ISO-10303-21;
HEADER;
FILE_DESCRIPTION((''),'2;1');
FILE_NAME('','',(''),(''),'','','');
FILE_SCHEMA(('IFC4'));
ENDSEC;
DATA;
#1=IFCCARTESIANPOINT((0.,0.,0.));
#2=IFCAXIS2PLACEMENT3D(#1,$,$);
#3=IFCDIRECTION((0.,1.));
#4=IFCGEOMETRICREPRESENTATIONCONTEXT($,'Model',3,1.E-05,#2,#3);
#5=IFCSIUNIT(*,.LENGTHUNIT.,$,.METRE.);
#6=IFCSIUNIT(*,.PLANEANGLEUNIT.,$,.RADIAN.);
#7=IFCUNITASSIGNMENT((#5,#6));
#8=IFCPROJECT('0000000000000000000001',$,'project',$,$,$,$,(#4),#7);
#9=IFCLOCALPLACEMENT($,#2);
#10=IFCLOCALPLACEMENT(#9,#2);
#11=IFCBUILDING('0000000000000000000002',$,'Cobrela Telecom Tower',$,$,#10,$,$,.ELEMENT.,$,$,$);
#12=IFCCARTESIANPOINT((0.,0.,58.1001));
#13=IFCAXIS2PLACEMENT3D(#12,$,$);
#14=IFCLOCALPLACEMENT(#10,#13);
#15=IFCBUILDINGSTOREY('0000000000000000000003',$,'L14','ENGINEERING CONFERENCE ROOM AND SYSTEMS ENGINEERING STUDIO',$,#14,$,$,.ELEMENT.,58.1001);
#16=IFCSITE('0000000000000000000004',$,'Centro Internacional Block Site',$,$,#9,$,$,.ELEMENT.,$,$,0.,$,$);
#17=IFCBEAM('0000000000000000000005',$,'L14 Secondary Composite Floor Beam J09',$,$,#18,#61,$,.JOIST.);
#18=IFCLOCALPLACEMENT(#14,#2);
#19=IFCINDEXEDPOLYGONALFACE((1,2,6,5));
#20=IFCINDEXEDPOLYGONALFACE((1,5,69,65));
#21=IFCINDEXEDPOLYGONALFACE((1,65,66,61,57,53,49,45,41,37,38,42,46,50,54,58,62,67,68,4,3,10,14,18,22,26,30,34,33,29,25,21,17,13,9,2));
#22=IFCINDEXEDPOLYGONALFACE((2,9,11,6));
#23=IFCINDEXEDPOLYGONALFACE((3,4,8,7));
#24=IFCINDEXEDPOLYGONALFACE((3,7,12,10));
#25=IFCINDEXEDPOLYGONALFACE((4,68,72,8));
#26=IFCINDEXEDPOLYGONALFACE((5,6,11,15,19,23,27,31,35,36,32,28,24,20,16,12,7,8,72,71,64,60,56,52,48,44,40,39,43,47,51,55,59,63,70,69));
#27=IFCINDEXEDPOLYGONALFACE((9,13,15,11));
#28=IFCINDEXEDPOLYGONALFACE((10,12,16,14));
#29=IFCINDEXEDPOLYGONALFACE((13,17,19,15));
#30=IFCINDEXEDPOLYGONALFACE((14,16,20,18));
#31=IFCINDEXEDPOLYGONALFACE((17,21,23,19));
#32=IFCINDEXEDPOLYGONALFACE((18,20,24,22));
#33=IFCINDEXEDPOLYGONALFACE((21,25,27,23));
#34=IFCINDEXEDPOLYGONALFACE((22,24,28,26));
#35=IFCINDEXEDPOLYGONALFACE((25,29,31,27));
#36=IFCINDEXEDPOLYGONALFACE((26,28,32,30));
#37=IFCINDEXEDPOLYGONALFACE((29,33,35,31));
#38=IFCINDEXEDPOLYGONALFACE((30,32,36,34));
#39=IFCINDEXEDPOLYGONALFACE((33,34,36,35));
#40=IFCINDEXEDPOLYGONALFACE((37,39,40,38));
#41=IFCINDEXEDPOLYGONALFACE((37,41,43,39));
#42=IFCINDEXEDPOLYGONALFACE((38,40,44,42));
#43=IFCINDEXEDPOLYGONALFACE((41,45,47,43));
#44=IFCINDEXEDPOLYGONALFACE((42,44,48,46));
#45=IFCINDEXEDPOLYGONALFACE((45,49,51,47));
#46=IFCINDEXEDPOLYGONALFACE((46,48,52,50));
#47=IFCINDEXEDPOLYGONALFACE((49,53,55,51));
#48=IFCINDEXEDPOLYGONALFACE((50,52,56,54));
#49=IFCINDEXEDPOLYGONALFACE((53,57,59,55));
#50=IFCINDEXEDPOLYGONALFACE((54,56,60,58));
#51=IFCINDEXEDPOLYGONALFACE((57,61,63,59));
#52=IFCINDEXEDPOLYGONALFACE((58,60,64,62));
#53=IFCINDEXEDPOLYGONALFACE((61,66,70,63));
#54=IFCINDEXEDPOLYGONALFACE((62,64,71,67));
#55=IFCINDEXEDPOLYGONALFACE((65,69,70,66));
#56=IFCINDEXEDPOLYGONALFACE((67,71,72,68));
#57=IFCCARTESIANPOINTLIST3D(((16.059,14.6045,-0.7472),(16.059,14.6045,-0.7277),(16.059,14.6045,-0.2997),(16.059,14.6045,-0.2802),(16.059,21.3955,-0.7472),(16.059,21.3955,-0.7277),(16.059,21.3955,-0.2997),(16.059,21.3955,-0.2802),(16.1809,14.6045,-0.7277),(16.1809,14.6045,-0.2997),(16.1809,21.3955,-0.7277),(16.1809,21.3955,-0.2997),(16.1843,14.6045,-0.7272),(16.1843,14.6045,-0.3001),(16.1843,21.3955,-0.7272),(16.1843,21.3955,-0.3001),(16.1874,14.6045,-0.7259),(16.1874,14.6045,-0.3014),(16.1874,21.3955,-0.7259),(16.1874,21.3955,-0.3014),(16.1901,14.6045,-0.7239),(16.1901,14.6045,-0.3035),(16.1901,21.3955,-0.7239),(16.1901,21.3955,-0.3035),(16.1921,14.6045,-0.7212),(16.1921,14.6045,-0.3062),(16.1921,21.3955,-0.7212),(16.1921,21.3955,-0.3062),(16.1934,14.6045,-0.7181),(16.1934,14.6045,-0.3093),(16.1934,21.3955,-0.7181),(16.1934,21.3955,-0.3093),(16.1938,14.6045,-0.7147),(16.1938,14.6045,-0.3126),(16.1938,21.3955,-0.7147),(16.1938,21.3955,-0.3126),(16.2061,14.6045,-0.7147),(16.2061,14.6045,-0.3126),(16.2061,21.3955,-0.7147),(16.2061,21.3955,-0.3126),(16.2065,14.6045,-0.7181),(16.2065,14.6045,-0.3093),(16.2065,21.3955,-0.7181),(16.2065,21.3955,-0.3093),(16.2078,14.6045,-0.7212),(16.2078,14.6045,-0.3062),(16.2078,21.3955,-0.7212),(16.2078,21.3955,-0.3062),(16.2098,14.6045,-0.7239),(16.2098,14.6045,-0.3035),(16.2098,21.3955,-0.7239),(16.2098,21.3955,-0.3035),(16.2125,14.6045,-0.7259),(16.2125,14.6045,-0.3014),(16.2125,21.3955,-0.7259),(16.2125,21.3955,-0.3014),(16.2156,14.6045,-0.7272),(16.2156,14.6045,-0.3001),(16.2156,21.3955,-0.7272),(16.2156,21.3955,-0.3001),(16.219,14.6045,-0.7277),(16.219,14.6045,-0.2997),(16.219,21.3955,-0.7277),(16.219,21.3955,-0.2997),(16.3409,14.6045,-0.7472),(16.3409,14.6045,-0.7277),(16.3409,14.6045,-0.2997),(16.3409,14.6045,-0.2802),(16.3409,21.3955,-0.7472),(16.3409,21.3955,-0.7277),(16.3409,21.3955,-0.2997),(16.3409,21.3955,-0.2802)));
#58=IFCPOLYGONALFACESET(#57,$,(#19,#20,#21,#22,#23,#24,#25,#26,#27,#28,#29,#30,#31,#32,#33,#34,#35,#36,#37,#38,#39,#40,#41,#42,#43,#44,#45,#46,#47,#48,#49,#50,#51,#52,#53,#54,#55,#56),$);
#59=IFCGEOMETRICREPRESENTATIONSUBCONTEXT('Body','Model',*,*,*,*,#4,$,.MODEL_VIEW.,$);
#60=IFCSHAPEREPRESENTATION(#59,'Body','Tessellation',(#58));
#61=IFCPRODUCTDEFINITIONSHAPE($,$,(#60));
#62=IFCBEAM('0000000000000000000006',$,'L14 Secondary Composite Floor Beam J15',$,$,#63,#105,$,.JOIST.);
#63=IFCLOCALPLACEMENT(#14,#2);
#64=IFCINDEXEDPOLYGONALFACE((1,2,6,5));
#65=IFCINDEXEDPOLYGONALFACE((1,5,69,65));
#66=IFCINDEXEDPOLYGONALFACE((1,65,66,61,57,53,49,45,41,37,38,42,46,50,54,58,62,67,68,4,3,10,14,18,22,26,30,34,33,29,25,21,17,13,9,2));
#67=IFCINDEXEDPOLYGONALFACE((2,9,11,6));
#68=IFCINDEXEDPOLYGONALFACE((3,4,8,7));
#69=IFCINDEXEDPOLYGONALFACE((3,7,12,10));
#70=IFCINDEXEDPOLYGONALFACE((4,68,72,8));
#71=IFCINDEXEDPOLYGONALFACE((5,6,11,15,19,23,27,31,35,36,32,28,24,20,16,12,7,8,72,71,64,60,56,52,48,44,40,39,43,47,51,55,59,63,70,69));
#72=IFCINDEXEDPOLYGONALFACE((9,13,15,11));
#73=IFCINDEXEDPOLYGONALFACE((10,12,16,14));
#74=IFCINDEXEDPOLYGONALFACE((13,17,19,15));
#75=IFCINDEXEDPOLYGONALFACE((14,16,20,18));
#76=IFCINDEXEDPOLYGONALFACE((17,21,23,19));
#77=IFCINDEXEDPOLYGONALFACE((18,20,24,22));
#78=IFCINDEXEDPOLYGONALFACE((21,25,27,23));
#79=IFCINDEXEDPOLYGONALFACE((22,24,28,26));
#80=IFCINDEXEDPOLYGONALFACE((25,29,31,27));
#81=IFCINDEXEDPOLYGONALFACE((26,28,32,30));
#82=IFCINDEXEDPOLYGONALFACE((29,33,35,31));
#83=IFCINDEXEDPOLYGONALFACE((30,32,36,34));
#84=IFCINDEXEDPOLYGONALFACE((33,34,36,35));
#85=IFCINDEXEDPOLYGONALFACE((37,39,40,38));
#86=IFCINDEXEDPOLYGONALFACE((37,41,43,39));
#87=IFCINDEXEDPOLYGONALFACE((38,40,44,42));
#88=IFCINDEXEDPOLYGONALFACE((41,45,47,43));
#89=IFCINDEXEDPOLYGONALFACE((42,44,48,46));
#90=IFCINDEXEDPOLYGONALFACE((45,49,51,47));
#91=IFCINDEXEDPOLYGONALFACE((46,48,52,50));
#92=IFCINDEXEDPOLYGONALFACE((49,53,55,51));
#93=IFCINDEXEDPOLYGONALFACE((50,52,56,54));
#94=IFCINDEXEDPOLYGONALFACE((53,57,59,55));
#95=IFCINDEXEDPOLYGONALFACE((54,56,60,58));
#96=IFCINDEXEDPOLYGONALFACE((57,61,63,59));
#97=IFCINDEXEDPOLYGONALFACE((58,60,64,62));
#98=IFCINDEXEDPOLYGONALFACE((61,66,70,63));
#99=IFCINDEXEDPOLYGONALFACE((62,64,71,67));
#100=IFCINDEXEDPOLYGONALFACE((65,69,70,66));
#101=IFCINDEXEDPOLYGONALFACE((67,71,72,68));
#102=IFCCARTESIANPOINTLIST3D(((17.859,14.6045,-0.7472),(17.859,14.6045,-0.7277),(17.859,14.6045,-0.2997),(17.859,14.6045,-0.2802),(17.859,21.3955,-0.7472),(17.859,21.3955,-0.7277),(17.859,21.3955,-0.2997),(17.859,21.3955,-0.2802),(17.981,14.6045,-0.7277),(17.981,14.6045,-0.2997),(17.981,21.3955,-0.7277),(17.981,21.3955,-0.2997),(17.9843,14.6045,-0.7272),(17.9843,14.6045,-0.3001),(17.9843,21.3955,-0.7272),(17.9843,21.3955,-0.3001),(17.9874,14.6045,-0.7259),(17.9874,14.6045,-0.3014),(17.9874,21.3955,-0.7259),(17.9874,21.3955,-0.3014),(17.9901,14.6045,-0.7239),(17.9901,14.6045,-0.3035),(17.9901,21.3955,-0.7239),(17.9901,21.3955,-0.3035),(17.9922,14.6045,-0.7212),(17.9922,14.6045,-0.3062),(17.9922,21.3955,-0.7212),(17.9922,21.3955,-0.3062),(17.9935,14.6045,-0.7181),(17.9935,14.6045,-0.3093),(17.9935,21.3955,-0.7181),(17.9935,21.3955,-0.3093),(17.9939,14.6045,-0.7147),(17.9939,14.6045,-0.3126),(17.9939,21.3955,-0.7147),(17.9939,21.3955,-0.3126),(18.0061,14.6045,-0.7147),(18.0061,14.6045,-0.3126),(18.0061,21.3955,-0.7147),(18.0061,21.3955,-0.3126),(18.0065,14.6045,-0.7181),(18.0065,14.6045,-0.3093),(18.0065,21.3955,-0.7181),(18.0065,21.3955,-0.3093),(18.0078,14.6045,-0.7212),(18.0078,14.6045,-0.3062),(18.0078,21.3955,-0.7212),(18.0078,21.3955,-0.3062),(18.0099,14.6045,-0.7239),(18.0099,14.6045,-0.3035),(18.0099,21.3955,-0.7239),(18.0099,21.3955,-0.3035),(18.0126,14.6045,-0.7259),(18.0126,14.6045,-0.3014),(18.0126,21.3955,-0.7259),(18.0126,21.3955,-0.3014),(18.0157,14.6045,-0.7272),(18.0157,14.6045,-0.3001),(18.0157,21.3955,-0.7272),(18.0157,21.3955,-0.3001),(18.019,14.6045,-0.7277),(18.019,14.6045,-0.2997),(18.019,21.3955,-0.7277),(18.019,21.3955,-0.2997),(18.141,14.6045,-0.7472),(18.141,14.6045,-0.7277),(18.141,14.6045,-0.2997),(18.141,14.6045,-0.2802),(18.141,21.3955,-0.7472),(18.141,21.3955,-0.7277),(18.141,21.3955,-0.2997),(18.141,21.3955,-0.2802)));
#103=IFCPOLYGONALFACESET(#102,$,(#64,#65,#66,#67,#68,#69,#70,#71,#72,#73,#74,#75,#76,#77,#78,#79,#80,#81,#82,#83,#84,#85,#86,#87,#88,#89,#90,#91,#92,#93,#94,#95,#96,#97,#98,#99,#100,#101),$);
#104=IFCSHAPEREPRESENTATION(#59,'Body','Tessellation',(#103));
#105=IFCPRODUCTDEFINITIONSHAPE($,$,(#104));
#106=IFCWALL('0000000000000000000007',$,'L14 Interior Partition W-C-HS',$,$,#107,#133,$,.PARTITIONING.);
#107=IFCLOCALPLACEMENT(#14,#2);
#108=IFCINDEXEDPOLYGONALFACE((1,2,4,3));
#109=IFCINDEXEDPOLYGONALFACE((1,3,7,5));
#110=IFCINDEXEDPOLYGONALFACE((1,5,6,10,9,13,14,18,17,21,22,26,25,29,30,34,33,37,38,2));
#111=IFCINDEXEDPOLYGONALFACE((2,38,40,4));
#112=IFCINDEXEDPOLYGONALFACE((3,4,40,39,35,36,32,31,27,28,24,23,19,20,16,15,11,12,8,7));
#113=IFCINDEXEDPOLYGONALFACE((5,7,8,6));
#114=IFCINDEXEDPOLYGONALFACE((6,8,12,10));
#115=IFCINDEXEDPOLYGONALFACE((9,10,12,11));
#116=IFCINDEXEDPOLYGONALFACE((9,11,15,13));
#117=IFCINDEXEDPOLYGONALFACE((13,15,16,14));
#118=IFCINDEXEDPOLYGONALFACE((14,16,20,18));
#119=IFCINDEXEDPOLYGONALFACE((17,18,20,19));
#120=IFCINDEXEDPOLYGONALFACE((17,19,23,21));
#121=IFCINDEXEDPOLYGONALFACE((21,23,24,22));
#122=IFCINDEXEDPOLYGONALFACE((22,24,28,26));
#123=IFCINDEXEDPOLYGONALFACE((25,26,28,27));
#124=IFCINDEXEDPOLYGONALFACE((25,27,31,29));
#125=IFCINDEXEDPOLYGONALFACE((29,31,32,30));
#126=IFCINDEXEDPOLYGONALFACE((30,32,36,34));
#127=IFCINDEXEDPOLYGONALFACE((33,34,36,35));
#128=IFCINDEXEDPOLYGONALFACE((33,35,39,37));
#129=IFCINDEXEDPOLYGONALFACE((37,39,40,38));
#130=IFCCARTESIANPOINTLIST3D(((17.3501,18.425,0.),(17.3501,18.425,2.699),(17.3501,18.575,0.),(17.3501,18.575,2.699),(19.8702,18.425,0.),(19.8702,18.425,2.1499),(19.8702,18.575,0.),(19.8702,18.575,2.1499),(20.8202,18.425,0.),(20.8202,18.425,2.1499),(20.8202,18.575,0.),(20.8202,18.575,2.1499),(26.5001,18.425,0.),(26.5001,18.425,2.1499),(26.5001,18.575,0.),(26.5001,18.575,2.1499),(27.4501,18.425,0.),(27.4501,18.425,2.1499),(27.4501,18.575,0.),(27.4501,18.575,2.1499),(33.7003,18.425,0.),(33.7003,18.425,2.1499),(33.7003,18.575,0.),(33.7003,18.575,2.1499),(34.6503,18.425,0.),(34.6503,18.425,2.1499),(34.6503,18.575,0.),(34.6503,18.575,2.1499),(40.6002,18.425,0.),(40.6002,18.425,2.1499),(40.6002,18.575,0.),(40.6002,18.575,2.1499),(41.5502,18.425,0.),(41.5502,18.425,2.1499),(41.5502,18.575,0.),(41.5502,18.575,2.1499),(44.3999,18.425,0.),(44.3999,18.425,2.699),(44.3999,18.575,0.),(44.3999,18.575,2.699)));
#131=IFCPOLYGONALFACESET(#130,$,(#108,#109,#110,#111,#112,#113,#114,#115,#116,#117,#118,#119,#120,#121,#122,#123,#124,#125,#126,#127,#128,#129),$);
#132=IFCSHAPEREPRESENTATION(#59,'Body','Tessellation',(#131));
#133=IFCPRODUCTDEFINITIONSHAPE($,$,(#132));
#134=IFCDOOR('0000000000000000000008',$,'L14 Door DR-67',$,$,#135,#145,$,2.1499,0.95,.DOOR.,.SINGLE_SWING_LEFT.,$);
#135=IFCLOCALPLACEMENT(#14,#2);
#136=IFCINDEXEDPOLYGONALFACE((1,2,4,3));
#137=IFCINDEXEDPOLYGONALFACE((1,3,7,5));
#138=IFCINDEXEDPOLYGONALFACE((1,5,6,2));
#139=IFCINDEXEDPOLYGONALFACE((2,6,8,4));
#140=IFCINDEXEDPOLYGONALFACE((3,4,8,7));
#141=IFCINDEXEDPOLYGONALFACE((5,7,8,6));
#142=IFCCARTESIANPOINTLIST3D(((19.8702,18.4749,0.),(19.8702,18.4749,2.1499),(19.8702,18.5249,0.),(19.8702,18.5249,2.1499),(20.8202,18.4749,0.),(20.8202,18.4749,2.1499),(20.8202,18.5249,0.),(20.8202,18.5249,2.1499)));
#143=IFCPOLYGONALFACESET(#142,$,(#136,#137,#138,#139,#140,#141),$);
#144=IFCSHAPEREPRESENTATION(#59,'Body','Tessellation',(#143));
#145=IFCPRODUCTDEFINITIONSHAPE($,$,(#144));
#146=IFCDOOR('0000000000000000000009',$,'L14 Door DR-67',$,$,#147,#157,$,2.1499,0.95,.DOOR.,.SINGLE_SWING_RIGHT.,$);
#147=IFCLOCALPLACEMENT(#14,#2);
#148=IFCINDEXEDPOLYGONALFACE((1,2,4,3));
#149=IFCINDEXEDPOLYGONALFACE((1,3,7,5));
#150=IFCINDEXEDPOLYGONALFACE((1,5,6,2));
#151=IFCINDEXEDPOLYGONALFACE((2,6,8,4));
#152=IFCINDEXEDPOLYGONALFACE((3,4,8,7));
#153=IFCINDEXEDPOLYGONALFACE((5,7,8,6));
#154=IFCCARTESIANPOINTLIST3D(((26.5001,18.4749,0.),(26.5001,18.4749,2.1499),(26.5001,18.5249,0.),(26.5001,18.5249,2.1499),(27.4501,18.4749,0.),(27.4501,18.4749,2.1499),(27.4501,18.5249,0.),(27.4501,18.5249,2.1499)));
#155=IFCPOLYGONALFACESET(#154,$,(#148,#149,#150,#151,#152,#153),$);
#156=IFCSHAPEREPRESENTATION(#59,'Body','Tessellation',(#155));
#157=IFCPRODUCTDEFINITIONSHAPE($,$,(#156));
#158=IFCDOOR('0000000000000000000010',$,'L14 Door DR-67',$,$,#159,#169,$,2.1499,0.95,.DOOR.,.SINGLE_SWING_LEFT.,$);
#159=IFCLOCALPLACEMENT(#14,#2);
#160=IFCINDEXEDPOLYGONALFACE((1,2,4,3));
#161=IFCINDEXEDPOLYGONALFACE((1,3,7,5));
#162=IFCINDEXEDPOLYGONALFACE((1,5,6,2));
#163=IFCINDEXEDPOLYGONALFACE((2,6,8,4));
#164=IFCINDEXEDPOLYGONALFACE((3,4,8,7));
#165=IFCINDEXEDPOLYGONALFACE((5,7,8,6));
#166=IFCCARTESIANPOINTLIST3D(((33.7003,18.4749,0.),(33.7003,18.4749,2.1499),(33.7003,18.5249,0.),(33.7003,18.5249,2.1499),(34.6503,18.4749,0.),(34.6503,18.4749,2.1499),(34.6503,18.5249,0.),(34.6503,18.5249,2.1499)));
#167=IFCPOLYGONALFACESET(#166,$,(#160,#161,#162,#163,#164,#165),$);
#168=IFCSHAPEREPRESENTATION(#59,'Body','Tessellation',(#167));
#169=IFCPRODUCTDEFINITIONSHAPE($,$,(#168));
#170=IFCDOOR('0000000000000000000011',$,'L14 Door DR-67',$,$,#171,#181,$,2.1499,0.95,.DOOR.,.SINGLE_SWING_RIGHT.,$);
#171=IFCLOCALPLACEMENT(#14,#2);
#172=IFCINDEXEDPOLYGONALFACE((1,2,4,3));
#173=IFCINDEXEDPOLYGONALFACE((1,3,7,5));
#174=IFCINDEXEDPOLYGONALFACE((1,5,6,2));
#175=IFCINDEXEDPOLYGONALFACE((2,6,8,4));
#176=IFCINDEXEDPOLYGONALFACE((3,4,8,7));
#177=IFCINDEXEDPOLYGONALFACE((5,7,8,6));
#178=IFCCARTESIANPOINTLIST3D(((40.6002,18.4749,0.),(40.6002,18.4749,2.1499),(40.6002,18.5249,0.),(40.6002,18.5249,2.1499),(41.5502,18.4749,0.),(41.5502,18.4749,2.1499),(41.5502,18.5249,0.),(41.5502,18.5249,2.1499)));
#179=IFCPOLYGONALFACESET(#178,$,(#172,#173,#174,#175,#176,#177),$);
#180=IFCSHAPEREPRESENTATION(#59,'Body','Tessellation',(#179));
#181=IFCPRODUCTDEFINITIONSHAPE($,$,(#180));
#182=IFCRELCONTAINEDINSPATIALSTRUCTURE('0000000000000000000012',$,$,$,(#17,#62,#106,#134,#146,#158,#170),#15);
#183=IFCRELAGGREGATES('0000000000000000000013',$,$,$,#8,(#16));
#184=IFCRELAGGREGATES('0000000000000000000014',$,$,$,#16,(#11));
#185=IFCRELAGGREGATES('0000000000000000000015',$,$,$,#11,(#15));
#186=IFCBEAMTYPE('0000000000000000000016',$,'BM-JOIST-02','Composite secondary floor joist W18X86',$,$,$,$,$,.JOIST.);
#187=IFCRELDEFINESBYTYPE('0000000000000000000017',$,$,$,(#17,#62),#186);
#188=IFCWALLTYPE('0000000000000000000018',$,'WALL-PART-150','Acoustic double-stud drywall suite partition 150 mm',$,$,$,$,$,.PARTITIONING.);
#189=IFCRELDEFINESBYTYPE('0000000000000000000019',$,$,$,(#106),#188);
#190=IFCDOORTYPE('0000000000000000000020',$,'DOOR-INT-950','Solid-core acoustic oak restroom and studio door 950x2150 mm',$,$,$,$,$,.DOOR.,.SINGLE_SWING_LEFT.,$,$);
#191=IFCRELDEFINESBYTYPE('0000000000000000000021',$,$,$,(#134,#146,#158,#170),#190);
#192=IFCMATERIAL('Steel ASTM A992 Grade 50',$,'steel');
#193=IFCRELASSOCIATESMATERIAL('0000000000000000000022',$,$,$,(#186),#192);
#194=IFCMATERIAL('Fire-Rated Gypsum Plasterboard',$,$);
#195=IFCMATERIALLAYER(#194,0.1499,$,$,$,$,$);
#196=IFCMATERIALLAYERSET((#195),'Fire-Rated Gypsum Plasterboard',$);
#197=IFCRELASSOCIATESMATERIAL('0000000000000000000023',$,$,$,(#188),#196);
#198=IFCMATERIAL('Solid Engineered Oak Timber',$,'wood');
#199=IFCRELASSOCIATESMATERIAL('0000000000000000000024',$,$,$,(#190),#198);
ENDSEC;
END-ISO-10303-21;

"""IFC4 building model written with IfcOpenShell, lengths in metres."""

from ifc_helpers import new_model, si_unit, direction, frame, frame_2d, origin, origin_2d, place, context, subcontext, project, spatial, rectangle, i_section, extrude, material, layer, layer_set, material_profile, profile_set, type_object, element, fill, save


model = new_model("IFC4")

# Units and contexts
model_context = context("Model", 3, precision=1e-05, world=origin(), true_north=direction((0.0, 1.0)))
body_context = subcontext(model_context, "Body", "Model", "MODEL_VIEW")
ifc_project = project(units=[si_unit("LENGTHUNIT", "METRE"), si_unit("PLANEANGLEUNIT", "RADIAN")], contexts=[model_context])

# Site, building, storey
site_placement = place(None, origin())
site = spatial("IfcSite", under=ifc_project, at=site_placement, Name="Centro Internacional Block Site", CompositionType="ELEMENT", RefElevation=0.0)
building_placement = place(site_placement, origin())
building = spatial("IfcBuilding", under=site, at=building_placement, Name="Cobrela Telecom Tower", CompositionType="ELEMENT")
storey_placement = place(building_placement, frame((0.0, 0.0, 58.1001)))
storey = spatial("IfcBuildingStorey", under=building, at=storey_placement, Name="L14", Description="ENGINEERING CONFERENCE ROOM AND SYSTEMS ENGINEERING STUDIO", CompositionType="ELEMENT", Elevation=58.1001)

# Beams
ifc_material_1 = material(Name="Steel ASTM A992 Grade 50", Category="steel")
ifc_material_profile_1 = material_profile(ifc_material_1, i_section(OverallWidth=0.282, OverallDepth=0.467, WebThickness=0.0122, FlangeThickness=0.0195, FilletRadius=0.0129, at=origin_2d()), Name="W18X86")
ifc_profile_set_1 = profile_set([ifc_material_profile_1], Name="Steel ASTM A992 Grade 50")
beam_type_1 = type_object("IfcBeamType", Name="BM-JOIST-02", Description="Composite secondary floor joist W18X86", PredefinedType="JOIST", material=ifc_profile_set_1)
for number, where, z_axis, x_axis, name in (
    (1, (16.2, 14.6045, -0.5137), (0.0, 1.0, 0.0), (-1.0, 0.0, 0.0), "L14 Secondary Composite Floor Beam J09"),
    (2, (18.0, 14.6045, -0.5137), (0.0, 1.0, 0.0), (-1.0, 0.0, 0.0), "L14 Secondary Composite Floor Beam J15"),
):
    element("IfcBeam", number, at=place(storey_placement, frame(where, z_axis=z_axis, x_axis=x_axis)), inside=storey, type_object=beam_type_1, Name=name, PredefinedType="JOIST", context=body_context, shape_type="SweptSolid", body=[
        extrude(i_section(OverallWidth=0.282, OverallDepth=0.467, WebThickness=0.0122, FlangeThickness=0.0195, FilletRadius=0.0129, at=origin_2d()), origin(), (0.0, 0.0, 1.0), 6.791),
    ])

# Wall, openings, doors
ifc_material_2 = material(Name="Fire-Rated Gypsum Plasterboard")
ifc_layer_1 = layer(ifc_material_2, 0.1499)
ifc_layer_set_1 = layer_set([ifc_layer_1], Name="Fire-Rated Gypsum Plasterboard")
wall_type_1 = type_object("IfcWallType", Name="WALL-PART-150", Description="Acoustic double-stud drywall suite partition 150 mm", PredefinedType="PARTITIONING", material=ifc_layer_set_1)
ifc_material_3 = material(Name="Solid Engineered Oak Timber", Category="wood")
wall_1_placement = place(storey_placement, frame((17.3501, 18.5, 0.0), z_axis=(0.0, 0.0, 1.0), x_axis=(1.0, 0.0, 0.0)))
wall_1 = element("IfcWall", 3, at=wall_1_placement, inside=storey, type_object=wall_type_1, Name="L14 Interior Partition W-C-HS", PredefinedType="PARTITIONING", context=body_context, shape_type="SweptSolid", body=[
    extrude(rectangle(XDim=27.0498, YDim=0.1499, at=frame_2d((13.5249, 0.0))), origin(), (0.0, 0.0, 1.0), 2.699),
])
opening_1_placement = place(wall_1_placement, frame((2.52, 0.0, 0.0)))
opening_1 = element("IfcOpeningElement", 4, at=opening_1_placement, cuts=wall_1, PredefinedType="OPENING", context=body_context, shape_type="SweptSolid", body=[
    extrude(rectangle(XDim=0.95, YDim=2.1499, at=frame_2d((0.4751, 1.075))), frame((0.0, 0.0869, 0.0), z_axis=(0.0, -1.0, 0.0), x_axis=(1.0, 0.0, 0.0)), (0.0, 0.0, 1.0), 0.1738),
])
opening_2_placement = place(wall_1_placement, frame((9.1499, 0.0, 0.0)))
opening_2 = element("IfcOpeningElement", 5, at=opening_2_placement, cuts=wall_1, PredefinedType="OPENING", context=body_context, shape_type="SweptSolid", body=[
    extrude(rectangle(XDim=0.95, YDim=2.1499, at=frame_2d((0.4751, 1.075))), frame((0.0, 0.0869, 0.0), z_axis=(0.0, -1.0, 0.0), x_axis=(1.0, 0.0, 0.0)), (0.0, 0.0, 1.0), 0.1738),
])
opening_3_placement = place(wall_1_placement, frame((16.3501, 0.0, 0.0)))
opening_3 = element("IfcOpeningElement", 6, at=opening_3_placement, cuts=wall_1, PredefinedType="OPENING", context=body_context, shape_type="SweptSolid", body=[
    extrude(rectangle(XDim=0.95, YDim=2.1499, at=frame_2d((0.4751, 1.075))), frame((0.0, 0.0869, 0.0), z_axis=(0.0, -1.0, 0.0), x_axis=(1.0, 0.0, 0.0)), (0.0, 0.0, 1.0), 0.1738),
])
opening_4_placement = place(wall_1_placement, frame((23.25, 0.0, 0.0)))
opening_4 = element("IfcOpeningElement", 7, at=opening_4_placement, cuts=wall_1, PredefinedType="OPENING", context=body_context, shape_type="SweptSolid", body=[
    extrude(rectangle(XDim=0.95, YDim=2.1499, at=frame_2d((0.4751, 1.075))), frame((0.0, 0.0869, 0.0), z_axis=(0.0, -1.0, 0.0), x_axis=(1.0, 0.0, 0.0)), (0.0, 0.0, 1.0), 0.1738),
])
door_type_1 = type_object("IfcDoorType", Name="DOOR-INT-950", Description="Solid-core acoustic oak restroom and studio door 950x2150 mm", OperationType="SINGLE_SWING_LEFT", PredefinedType="DOOR", material=ifc_material_3)
door_1_placement = place(opening_1_placement, origin())
door_1 = element("IfcDoor", 8, at=door_1_placement, inside=storey, type_object=door_type_1, Name="L14 Door DR-67", OperationType="SINGLE_SWING_LEFT", OverallHeight=2.1499, OverallWidth=0.95, PredefinedType="DOOR", context=body_context, shape_type="SweptSolid", body=[
    extrude(rectangle(XDim=0.95, YDim=2.1499, at=frame_2d((0.4751, 1.075))), frame((0.0, 0.0249, 0.0), z_axis=(0.0, -1.0, 0.0), x_axis=(1.0, 0.0, 0.0)), (0.0, 0.0, 1.0), 0.05),
])
fill(opening_1, door_1)
door_2_placement = place(opening_2_placement, origin())
door_2 = element("IfcDoor", 9, at=door_2_placement, inside=storey, type_object=door_type_1, Name="L14 Door DR-67", OperationType="SINGLE_SWING_RIGHT", OverallHeight=2.1499, OverallWidth=0.95, PredefinedType="DOOR", context=body_context, shape_type="SweptSolid", body=[
    extrude(rectangle(XDim=0.95, YDim=2.1499, at=frame_2d((0.4751, 1.075))), frame((0.0, 0.0249, 0.0), z_axis=(0.0, -1.0, 0.0), x_axis=(1.0, 0.0, 0.0)), (0.0, 0.0, 1.0), 0.05),
])
fill(opening_2, door_2)
door_3_placement = place(opening_3_placement, origin())
door_3 = element("IfcDoor", 10, at=door_3_placement, inside=storey, type_object=door_type_1, Name="L14 Door DR-67", OperationType="SINGLE_SWING_LEFT", OverallHeight=2.1499, OverallWidth=0.95, PredefinedType="DOOR", context=body_context, shape_type="SweptSolid", body=[
    extrude(rectangle(XDim=0.95, YDim=2.1499, at=frame_2d((0.4751, 1.075))), frame((0.0, 0.0249, 0.0), z_axis=(0.0, -1.0, 0.0), x_axis=(1.0, 0.0, 0.0)), (0.0, 0.0, 1.0), 0.05),
])
fill(opening_3, door_3)
door_4_placement = place(opening_4_placement, origin())
door_4 = element("IfcDoor", 11, at=door_4_placement, inside=storey, type_object=door_type_1, Name="L14 Door DR-67", OperationType="SINGLE_SWING_RIGHT", OverallHeight=2.1499, OverallWidth=0.95, PredefinedType="DOOR", context=body_context, shape_type="SweptSolid", body=[
    extrude(rectangle(XDim=0.95, YDim=2.1499, at=frame_2d((0.4751, 1.075))), frame((0.0, 0.0249, 0.0), z_axis=(0.0, -1.0, 0.0), x_axis=(1.0, 0.0, 0.0)), (0.0, 0.0, 1.0), 0.05),
])
fill(opening_4, door_4)

save(model, "model.ifc")
